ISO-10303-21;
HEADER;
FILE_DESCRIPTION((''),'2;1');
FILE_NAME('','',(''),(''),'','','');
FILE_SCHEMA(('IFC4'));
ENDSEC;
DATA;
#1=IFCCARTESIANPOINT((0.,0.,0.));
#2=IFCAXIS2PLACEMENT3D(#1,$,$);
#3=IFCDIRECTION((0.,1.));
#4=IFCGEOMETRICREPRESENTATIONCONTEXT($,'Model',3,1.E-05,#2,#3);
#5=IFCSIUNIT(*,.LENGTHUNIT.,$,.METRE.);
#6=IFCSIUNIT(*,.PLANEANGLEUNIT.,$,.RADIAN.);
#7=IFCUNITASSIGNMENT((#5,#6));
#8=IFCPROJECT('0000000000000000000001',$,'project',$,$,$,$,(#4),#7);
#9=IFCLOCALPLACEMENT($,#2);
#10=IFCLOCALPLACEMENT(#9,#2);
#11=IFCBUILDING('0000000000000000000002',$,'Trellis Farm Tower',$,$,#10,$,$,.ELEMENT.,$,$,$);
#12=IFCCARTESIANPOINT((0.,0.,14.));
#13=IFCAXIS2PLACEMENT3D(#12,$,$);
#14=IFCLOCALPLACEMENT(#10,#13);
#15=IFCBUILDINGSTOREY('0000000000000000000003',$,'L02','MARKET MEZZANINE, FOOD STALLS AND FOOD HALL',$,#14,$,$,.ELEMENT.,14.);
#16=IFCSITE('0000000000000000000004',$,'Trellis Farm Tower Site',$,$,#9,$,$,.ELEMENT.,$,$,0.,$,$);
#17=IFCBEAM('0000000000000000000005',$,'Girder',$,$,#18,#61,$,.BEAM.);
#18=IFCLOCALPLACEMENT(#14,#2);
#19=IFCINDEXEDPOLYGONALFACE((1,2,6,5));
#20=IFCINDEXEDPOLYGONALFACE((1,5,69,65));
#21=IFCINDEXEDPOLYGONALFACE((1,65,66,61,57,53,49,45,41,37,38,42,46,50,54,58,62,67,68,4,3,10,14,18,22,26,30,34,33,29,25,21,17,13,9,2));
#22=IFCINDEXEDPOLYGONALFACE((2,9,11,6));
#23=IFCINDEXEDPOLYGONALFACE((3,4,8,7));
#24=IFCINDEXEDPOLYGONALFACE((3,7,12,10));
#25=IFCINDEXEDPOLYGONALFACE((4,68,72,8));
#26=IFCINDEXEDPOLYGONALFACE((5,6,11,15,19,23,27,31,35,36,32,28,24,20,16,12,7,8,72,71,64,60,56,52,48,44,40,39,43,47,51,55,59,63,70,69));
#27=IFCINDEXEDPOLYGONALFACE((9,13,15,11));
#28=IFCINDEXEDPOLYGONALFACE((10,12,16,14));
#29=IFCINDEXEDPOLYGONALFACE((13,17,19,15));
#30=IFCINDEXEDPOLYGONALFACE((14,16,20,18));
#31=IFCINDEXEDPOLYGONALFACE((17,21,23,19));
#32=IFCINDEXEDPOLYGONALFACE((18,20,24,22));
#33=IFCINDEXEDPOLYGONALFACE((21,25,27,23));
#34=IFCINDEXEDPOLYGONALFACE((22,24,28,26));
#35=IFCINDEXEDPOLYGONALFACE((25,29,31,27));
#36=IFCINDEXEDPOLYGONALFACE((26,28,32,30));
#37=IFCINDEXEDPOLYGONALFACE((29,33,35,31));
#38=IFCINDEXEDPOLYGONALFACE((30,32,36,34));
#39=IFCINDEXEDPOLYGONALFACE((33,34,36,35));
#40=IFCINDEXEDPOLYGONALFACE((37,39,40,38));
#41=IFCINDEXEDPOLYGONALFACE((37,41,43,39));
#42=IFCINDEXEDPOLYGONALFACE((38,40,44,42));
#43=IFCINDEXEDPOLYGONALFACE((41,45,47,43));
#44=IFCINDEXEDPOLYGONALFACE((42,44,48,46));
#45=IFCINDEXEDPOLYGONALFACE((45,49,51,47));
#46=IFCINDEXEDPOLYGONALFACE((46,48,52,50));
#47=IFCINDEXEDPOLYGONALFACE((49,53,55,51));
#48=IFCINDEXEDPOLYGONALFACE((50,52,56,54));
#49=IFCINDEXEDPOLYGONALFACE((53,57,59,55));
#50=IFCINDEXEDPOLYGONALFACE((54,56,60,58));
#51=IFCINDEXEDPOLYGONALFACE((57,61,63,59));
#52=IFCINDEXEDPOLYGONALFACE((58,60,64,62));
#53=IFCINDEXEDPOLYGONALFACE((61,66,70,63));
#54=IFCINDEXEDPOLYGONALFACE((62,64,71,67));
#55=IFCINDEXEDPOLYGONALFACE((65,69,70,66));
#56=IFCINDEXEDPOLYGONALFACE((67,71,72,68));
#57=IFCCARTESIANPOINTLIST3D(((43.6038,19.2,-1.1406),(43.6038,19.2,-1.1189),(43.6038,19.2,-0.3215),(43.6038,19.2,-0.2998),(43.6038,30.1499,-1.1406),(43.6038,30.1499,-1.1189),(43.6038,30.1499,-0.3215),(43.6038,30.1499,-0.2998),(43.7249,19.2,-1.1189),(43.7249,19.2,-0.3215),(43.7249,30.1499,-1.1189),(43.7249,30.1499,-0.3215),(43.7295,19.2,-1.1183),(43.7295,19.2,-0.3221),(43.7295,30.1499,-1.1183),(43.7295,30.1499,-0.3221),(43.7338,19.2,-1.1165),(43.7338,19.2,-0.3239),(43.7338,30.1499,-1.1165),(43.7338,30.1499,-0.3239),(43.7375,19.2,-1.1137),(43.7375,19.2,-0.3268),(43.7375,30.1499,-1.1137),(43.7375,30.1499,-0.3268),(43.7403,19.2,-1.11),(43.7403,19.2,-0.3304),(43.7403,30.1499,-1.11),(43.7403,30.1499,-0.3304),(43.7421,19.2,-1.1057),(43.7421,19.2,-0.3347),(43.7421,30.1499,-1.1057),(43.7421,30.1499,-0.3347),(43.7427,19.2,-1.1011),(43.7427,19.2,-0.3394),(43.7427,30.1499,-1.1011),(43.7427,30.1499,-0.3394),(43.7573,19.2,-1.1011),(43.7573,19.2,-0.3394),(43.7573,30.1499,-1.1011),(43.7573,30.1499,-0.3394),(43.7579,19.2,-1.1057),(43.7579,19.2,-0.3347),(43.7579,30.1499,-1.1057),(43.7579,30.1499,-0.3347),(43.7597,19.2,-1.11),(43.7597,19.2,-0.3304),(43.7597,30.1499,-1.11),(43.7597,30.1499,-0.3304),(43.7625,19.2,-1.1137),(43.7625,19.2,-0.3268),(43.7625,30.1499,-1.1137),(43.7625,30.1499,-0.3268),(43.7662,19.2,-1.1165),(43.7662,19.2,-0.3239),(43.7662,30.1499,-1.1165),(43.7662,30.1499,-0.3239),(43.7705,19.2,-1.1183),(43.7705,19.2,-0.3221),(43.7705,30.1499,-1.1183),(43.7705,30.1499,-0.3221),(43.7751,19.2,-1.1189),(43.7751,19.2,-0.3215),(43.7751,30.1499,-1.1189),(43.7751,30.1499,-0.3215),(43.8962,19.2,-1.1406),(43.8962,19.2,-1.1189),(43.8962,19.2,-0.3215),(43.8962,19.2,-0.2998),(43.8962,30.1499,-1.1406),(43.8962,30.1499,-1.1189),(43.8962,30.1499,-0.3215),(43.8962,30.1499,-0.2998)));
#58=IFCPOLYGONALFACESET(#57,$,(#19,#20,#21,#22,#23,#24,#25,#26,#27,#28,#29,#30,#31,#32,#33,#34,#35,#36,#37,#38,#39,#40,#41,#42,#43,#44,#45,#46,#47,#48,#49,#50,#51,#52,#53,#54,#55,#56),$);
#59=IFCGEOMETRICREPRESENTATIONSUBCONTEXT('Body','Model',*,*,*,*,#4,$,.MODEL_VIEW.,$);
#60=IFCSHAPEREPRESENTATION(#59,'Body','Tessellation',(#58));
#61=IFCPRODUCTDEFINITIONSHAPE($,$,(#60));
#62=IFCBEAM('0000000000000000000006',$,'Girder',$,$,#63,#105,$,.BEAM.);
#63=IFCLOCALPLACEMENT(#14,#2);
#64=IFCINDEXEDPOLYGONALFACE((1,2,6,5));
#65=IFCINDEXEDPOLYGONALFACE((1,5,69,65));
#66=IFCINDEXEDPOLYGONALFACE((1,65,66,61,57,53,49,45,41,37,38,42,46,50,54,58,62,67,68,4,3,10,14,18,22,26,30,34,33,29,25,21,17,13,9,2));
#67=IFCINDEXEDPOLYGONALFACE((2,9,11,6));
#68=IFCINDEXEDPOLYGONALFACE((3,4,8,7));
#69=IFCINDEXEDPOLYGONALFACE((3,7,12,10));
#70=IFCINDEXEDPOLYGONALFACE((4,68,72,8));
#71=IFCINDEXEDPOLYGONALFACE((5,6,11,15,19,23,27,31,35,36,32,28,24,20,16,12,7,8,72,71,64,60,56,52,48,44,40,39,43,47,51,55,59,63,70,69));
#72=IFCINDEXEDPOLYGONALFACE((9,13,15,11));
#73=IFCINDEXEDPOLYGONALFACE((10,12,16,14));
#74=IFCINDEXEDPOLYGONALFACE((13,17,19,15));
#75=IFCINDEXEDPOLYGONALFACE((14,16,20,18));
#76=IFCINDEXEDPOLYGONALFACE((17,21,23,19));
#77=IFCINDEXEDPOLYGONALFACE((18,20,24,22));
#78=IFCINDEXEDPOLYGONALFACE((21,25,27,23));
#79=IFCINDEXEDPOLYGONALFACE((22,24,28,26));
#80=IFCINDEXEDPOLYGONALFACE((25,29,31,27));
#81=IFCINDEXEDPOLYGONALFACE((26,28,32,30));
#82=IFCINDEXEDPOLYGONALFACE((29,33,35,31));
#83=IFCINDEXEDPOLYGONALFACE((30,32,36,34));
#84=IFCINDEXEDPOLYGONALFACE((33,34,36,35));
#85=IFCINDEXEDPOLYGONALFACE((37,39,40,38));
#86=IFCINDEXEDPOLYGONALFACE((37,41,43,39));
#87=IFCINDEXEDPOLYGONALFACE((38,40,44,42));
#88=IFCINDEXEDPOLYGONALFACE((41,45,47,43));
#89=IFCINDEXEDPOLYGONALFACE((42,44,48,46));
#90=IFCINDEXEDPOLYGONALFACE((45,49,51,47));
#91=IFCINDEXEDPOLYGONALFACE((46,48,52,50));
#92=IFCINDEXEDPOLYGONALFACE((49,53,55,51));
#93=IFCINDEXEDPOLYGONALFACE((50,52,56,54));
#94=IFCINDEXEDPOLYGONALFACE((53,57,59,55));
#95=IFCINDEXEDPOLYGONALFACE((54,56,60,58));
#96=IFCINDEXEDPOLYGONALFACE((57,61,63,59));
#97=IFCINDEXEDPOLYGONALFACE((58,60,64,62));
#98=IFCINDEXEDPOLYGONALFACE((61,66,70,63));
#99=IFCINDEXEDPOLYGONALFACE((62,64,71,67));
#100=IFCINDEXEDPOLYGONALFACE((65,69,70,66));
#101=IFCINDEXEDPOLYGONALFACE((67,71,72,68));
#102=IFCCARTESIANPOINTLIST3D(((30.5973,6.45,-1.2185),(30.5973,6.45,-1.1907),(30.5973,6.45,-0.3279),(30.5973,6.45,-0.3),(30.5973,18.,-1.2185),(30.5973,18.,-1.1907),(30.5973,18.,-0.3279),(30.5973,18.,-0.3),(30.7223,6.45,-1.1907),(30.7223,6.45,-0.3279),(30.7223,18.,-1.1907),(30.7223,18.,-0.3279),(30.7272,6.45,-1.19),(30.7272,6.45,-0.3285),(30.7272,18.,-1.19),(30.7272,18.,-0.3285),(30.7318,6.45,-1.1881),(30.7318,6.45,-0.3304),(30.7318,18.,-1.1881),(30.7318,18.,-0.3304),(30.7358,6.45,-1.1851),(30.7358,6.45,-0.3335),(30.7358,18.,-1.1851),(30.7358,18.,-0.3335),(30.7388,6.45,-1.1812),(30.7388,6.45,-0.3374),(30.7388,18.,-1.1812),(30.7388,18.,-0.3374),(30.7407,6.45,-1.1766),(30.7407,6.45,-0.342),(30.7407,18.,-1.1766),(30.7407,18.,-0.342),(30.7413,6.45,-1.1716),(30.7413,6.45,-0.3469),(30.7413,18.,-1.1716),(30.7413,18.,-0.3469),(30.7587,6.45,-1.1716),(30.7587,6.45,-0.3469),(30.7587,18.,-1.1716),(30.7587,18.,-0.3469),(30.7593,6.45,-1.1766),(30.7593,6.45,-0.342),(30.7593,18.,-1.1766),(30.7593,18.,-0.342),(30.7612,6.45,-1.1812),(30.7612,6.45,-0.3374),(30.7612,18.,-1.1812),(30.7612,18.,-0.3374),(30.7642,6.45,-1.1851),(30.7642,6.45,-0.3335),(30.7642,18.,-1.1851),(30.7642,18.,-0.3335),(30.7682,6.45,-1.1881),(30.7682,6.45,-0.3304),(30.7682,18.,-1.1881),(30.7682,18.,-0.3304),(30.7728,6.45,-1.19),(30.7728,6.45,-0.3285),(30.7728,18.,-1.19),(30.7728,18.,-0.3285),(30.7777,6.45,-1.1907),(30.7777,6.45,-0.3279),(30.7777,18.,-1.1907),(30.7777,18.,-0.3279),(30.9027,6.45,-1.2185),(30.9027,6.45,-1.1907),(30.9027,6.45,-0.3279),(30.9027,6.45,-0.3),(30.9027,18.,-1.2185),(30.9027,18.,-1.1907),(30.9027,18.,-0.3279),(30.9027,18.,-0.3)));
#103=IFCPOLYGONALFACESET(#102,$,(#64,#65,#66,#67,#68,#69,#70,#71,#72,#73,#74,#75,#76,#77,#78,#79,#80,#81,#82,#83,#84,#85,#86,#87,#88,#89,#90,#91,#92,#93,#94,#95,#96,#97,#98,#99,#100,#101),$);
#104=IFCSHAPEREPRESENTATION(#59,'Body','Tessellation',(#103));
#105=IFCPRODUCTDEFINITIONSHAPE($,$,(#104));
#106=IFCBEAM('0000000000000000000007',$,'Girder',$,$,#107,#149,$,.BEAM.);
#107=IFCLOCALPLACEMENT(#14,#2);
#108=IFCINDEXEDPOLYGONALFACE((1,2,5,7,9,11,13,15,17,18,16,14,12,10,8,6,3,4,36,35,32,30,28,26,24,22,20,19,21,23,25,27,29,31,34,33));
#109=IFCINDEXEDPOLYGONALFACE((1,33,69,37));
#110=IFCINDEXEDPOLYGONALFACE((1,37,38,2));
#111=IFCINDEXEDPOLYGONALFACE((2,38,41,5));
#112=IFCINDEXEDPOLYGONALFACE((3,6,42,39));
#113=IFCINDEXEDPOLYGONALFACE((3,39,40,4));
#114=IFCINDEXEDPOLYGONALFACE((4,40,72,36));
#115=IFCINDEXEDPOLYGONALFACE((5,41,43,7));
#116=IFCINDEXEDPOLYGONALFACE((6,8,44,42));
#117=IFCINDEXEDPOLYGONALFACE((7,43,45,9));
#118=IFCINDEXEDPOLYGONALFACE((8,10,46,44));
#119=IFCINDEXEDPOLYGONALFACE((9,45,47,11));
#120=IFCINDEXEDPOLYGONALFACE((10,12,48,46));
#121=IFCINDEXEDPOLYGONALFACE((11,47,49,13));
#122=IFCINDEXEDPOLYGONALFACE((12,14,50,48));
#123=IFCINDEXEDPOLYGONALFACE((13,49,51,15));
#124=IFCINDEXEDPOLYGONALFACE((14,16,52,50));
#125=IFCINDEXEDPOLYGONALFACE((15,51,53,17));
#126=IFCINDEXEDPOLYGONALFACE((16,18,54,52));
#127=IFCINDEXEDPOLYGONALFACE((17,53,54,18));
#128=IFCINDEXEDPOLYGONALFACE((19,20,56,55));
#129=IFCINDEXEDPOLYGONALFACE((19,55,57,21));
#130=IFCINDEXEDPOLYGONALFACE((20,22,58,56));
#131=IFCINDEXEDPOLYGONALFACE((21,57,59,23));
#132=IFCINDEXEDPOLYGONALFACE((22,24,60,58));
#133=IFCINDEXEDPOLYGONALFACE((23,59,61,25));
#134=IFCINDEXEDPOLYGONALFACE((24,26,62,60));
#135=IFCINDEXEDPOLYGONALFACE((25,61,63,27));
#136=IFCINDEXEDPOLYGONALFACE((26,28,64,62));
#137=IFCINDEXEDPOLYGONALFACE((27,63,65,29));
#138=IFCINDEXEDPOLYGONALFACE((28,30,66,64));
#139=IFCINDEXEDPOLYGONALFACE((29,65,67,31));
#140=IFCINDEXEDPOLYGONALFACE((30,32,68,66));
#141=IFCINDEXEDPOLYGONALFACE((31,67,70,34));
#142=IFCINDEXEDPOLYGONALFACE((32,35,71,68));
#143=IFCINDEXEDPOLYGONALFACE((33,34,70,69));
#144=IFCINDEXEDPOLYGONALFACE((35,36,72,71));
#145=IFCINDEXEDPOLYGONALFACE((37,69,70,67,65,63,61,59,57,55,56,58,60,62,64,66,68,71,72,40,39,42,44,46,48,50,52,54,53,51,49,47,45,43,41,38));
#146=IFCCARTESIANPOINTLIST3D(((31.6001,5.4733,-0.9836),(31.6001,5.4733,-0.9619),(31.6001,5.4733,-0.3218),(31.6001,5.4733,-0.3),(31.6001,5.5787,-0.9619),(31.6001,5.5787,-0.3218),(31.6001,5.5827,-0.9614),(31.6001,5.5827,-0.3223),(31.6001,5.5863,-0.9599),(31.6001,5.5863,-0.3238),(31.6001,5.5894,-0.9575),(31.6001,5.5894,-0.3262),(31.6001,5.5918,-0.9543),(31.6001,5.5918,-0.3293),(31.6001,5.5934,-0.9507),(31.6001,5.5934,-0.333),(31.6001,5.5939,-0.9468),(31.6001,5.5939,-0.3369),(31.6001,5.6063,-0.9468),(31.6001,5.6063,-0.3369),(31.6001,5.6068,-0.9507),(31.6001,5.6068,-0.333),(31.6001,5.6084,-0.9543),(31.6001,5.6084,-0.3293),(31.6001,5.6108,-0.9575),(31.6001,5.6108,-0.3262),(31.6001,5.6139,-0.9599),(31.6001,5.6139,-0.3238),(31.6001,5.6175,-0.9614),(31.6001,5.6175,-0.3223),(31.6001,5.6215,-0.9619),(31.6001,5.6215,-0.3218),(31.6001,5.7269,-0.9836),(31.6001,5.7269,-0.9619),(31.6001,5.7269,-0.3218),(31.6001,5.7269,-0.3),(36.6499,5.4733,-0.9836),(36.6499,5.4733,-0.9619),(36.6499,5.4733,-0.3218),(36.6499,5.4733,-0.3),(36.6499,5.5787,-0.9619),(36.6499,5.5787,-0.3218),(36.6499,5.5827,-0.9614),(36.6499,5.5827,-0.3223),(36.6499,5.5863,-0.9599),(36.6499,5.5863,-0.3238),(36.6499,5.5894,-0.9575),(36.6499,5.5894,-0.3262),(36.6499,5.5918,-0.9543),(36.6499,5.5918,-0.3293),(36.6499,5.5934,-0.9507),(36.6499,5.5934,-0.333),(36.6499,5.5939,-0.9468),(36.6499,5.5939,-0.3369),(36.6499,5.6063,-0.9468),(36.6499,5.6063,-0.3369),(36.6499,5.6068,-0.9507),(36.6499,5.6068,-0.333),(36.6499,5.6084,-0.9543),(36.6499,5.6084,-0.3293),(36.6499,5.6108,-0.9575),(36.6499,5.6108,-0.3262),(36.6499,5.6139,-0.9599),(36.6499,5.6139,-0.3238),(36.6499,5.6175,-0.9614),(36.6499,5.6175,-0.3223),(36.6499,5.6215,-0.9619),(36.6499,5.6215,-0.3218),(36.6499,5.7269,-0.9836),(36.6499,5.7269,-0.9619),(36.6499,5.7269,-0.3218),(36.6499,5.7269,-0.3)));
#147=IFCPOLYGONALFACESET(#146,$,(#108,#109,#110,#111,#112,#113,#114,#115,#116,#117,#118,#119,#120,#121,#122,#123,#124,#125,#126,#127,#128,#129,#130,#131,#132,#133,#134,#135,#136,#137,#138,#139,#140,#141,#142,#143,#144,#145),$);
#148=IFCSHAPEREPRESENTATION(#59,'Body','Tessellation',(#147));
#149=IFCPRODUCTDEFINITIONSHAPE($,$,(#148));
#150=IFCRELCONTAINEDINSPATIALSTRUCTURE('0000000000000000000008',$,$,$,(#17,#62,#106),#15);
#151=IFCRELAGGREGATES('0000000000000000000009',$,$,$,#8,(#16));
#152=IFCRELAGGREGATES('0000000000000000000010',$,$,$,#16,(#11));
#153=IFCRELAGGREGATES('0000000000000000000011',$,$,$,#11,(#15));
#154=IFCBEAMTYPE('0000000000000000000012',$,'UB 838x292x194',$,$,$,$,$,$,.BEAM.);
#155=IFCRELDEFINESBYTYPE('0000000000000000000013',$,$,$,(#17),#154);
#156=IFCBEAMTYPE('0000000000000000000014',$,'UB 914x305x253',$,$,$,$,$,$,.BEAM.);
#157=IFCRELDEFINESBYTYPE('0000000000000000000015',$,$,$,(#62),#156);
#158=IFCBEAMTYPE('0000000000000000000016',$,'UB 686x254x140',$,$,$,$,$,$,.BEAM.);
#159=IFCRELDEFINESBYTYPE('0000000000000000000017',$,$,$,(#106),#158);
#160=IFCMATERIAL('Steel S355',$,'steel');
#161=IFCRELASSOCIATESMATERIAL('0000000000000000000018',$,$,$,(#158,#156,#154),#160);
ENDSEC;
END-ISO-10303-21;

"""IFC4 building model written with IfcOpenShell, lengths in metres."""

from ifc_helpers import new_model, si_unit, direction, frame, origin, origin_2d, place, context, subcontext, project, spatial, i_section, extrude, source, transform, mapped, material, material_profile, profile_set, type_object, element, save


model = new_model("IFC4")

# Units and contexts
model_context = context("Model", 3, precision=1e-05, world=origin(), true_north=direction((0.0, 1.0)))
body_context = subcontext(model_context, "Body", "Model", "MODEL_VIEW")
ifc_project = project(units=[si_unit("LENGTHUNIT", "METRE"), si_unit("PLANEANGLEUNIT", "RADIAN")], contexts=[model_context])

# Site, building, storey
site_placement = place(None, origin())
site = spatial("IfcSite", under=ifc_project, at=site_placement, Name="Trellis Farm Tower Site", CompositionType="ELEMENT", RefElevation=0.0)
building_placement = place(site_placement, origin())
building = spatial("IfcBuilding", under=site, at=building_placement, Name="Trellis Farm Tower", CompositionType="ELEMENT")
storey_placement = place(building_placement, frame((0.0, 0.0, 14.0)))
storey = spatial("IfcBuildingStorey", under=building, at=storey_placement, Name="L02", Description="MARKET MEZZANINE, FOOD STALLS AND FOOD HALL", CompositionType="ELEMENT", Elevation=14.0)

# Beams
ifc_material_1 = material(Name="Steel S355", Category="steel")
ifc_material_profile_1 = material_profile(ifc_material_1, i_section(OverallWidth=0.2537, OverallDepth=0.6836, WebThickness=0.0125, FlangeThickness=0.0217, FilletRadius=0.0151, at=origin_2d()), Name="UB 686x254x140")
ifc_profile_set_1 = profile_set([ifc_material_profile_1], Name="Steel S355")
beam_type_1 = type_object("IfcBeamType", Name="UB 686x254x140", PredefinedType="BEAM", material=ifc_profile_set_1)
ifc_material_profile_2 = material_profile(ifc_material_1, i_section(OverallWidth=0.3054, OverallDepth=0.9185, WebThickness=0.0173, FlangeThickness=0.0278, FilletRadius=0.019, at=origin_2d()), Name="UB 914x305x253")
ifc_profile_set_2 = profile_set([ifc_material_profile_2], Name="Steel S355")
beam_type_2 = type_object("IfcBeamType", Name="UB 914x305x253", PredefinedType="BEAM", material=ifc_profile_set_2)
ifc_material_profile_3 = material_profile(ifc_material_1, i_section(OverallWidth=0.2925, OverallDepth=0.8408, WebThickness=0.0146, FlangeThickness=0.0217, FilletRadius=0.0178, at=origin_2d()), Name="UB 838x292x194")
ifc_profile_set_3 = profile_set([ifc_material_profile_3], Name="Steel S355")
beam_type_3 = type_object("IfcBeamType", Name="UB 838x292x194", PredefinedType="BEAM", material=ifc_profile_set_3)
shared_shape_1 = source(origin(), body_context, "Body", "SweptSolid", [
    extrude(i_section(OverallWidth=0.2925, OverallDepth=0.8408, WebThickness=0.0146, FlangeThickness=0.0217, FilletRadius=0.0178, at=origin_2d()), origin(), (0.0, 0.0, 1.0), 10.95),
])
for number, where, z_axis, x_axis, name in (
    (1, (43.75, 19.2, -0.7202), (0.0, 1.0, 0.0), (-1.0, 0.0, 0.0), "Girder"),
):
    element("IfcBeam", number, at=place(storey_placement, frame(where, z_axis=z_axis, x_axis=x_axis)), inside=storey, type_object=beam_type_3, Name=name, PredefinedType="BEAM", context=body_context, shape_type="MappedRepresentation", body=[
        mapped(shared_shape_1, transform((0.0, 0.0, 0.0))),
    ])
shared_shape_2 = source(origin(), body_context, "Body", "SweptSolid", [
    extrude(i_section(OverallWidth=0.3054, OverallDepth=0.9185, WebThickness=0.0173, FlangeThickness=0.0278, FilletRadius=0.019, at=origin_2d()), origin(), (0.0, 0.0, 1.0), 11.55),
])
beam_1_placement = place(storey_placement, frame((30.75, 6.45, -0.7593), z_axis=(0.0, 1.0, 0.0), x_axis=(-1.0, 0.0, 0.0)))
element("IfcBeam", 2, at=beam_1_placement, inside=storey, type_object=beam_type_2, Name="Girder", PredefinedType="BEAM", context=body_context, shape_type="MappedRepresentation", body=[
    mapped(shared_shape_2, transform((0.0, 0.0, 0.0))),
])
shared_shape_3 = source(origin(), body_context, "Body", "SweptSolid", [
    extrude(i_section(OverallWidth=0.2537, OverallDepth=0.6836, WebThickness=0.0125, FlangeThickness=0.0217, FilletRadius=0.0151, at=origin_2d()), origin(), (0.0, 0.0, 1.0), 5.0498),
])
beam_2_placement = place(storey_placement, frame((31.6001, 5.6001, -0.6418), z_axis=(1.0, 0.0, 0.0), x_axis=(0.0, 1.0, 0.0)))
element("IfcBeam", 3, at=beam_2_placement, inside=storey, type_object=beam_type_1, Name="Girder", PredefinedType="BEAM", context=body_context, shape_type="MappedRepresentation", body=[
    mapped(shared_shape_3, transform((0.0, 0.0, 0.0))),
])

save(model, "model.ifc")
